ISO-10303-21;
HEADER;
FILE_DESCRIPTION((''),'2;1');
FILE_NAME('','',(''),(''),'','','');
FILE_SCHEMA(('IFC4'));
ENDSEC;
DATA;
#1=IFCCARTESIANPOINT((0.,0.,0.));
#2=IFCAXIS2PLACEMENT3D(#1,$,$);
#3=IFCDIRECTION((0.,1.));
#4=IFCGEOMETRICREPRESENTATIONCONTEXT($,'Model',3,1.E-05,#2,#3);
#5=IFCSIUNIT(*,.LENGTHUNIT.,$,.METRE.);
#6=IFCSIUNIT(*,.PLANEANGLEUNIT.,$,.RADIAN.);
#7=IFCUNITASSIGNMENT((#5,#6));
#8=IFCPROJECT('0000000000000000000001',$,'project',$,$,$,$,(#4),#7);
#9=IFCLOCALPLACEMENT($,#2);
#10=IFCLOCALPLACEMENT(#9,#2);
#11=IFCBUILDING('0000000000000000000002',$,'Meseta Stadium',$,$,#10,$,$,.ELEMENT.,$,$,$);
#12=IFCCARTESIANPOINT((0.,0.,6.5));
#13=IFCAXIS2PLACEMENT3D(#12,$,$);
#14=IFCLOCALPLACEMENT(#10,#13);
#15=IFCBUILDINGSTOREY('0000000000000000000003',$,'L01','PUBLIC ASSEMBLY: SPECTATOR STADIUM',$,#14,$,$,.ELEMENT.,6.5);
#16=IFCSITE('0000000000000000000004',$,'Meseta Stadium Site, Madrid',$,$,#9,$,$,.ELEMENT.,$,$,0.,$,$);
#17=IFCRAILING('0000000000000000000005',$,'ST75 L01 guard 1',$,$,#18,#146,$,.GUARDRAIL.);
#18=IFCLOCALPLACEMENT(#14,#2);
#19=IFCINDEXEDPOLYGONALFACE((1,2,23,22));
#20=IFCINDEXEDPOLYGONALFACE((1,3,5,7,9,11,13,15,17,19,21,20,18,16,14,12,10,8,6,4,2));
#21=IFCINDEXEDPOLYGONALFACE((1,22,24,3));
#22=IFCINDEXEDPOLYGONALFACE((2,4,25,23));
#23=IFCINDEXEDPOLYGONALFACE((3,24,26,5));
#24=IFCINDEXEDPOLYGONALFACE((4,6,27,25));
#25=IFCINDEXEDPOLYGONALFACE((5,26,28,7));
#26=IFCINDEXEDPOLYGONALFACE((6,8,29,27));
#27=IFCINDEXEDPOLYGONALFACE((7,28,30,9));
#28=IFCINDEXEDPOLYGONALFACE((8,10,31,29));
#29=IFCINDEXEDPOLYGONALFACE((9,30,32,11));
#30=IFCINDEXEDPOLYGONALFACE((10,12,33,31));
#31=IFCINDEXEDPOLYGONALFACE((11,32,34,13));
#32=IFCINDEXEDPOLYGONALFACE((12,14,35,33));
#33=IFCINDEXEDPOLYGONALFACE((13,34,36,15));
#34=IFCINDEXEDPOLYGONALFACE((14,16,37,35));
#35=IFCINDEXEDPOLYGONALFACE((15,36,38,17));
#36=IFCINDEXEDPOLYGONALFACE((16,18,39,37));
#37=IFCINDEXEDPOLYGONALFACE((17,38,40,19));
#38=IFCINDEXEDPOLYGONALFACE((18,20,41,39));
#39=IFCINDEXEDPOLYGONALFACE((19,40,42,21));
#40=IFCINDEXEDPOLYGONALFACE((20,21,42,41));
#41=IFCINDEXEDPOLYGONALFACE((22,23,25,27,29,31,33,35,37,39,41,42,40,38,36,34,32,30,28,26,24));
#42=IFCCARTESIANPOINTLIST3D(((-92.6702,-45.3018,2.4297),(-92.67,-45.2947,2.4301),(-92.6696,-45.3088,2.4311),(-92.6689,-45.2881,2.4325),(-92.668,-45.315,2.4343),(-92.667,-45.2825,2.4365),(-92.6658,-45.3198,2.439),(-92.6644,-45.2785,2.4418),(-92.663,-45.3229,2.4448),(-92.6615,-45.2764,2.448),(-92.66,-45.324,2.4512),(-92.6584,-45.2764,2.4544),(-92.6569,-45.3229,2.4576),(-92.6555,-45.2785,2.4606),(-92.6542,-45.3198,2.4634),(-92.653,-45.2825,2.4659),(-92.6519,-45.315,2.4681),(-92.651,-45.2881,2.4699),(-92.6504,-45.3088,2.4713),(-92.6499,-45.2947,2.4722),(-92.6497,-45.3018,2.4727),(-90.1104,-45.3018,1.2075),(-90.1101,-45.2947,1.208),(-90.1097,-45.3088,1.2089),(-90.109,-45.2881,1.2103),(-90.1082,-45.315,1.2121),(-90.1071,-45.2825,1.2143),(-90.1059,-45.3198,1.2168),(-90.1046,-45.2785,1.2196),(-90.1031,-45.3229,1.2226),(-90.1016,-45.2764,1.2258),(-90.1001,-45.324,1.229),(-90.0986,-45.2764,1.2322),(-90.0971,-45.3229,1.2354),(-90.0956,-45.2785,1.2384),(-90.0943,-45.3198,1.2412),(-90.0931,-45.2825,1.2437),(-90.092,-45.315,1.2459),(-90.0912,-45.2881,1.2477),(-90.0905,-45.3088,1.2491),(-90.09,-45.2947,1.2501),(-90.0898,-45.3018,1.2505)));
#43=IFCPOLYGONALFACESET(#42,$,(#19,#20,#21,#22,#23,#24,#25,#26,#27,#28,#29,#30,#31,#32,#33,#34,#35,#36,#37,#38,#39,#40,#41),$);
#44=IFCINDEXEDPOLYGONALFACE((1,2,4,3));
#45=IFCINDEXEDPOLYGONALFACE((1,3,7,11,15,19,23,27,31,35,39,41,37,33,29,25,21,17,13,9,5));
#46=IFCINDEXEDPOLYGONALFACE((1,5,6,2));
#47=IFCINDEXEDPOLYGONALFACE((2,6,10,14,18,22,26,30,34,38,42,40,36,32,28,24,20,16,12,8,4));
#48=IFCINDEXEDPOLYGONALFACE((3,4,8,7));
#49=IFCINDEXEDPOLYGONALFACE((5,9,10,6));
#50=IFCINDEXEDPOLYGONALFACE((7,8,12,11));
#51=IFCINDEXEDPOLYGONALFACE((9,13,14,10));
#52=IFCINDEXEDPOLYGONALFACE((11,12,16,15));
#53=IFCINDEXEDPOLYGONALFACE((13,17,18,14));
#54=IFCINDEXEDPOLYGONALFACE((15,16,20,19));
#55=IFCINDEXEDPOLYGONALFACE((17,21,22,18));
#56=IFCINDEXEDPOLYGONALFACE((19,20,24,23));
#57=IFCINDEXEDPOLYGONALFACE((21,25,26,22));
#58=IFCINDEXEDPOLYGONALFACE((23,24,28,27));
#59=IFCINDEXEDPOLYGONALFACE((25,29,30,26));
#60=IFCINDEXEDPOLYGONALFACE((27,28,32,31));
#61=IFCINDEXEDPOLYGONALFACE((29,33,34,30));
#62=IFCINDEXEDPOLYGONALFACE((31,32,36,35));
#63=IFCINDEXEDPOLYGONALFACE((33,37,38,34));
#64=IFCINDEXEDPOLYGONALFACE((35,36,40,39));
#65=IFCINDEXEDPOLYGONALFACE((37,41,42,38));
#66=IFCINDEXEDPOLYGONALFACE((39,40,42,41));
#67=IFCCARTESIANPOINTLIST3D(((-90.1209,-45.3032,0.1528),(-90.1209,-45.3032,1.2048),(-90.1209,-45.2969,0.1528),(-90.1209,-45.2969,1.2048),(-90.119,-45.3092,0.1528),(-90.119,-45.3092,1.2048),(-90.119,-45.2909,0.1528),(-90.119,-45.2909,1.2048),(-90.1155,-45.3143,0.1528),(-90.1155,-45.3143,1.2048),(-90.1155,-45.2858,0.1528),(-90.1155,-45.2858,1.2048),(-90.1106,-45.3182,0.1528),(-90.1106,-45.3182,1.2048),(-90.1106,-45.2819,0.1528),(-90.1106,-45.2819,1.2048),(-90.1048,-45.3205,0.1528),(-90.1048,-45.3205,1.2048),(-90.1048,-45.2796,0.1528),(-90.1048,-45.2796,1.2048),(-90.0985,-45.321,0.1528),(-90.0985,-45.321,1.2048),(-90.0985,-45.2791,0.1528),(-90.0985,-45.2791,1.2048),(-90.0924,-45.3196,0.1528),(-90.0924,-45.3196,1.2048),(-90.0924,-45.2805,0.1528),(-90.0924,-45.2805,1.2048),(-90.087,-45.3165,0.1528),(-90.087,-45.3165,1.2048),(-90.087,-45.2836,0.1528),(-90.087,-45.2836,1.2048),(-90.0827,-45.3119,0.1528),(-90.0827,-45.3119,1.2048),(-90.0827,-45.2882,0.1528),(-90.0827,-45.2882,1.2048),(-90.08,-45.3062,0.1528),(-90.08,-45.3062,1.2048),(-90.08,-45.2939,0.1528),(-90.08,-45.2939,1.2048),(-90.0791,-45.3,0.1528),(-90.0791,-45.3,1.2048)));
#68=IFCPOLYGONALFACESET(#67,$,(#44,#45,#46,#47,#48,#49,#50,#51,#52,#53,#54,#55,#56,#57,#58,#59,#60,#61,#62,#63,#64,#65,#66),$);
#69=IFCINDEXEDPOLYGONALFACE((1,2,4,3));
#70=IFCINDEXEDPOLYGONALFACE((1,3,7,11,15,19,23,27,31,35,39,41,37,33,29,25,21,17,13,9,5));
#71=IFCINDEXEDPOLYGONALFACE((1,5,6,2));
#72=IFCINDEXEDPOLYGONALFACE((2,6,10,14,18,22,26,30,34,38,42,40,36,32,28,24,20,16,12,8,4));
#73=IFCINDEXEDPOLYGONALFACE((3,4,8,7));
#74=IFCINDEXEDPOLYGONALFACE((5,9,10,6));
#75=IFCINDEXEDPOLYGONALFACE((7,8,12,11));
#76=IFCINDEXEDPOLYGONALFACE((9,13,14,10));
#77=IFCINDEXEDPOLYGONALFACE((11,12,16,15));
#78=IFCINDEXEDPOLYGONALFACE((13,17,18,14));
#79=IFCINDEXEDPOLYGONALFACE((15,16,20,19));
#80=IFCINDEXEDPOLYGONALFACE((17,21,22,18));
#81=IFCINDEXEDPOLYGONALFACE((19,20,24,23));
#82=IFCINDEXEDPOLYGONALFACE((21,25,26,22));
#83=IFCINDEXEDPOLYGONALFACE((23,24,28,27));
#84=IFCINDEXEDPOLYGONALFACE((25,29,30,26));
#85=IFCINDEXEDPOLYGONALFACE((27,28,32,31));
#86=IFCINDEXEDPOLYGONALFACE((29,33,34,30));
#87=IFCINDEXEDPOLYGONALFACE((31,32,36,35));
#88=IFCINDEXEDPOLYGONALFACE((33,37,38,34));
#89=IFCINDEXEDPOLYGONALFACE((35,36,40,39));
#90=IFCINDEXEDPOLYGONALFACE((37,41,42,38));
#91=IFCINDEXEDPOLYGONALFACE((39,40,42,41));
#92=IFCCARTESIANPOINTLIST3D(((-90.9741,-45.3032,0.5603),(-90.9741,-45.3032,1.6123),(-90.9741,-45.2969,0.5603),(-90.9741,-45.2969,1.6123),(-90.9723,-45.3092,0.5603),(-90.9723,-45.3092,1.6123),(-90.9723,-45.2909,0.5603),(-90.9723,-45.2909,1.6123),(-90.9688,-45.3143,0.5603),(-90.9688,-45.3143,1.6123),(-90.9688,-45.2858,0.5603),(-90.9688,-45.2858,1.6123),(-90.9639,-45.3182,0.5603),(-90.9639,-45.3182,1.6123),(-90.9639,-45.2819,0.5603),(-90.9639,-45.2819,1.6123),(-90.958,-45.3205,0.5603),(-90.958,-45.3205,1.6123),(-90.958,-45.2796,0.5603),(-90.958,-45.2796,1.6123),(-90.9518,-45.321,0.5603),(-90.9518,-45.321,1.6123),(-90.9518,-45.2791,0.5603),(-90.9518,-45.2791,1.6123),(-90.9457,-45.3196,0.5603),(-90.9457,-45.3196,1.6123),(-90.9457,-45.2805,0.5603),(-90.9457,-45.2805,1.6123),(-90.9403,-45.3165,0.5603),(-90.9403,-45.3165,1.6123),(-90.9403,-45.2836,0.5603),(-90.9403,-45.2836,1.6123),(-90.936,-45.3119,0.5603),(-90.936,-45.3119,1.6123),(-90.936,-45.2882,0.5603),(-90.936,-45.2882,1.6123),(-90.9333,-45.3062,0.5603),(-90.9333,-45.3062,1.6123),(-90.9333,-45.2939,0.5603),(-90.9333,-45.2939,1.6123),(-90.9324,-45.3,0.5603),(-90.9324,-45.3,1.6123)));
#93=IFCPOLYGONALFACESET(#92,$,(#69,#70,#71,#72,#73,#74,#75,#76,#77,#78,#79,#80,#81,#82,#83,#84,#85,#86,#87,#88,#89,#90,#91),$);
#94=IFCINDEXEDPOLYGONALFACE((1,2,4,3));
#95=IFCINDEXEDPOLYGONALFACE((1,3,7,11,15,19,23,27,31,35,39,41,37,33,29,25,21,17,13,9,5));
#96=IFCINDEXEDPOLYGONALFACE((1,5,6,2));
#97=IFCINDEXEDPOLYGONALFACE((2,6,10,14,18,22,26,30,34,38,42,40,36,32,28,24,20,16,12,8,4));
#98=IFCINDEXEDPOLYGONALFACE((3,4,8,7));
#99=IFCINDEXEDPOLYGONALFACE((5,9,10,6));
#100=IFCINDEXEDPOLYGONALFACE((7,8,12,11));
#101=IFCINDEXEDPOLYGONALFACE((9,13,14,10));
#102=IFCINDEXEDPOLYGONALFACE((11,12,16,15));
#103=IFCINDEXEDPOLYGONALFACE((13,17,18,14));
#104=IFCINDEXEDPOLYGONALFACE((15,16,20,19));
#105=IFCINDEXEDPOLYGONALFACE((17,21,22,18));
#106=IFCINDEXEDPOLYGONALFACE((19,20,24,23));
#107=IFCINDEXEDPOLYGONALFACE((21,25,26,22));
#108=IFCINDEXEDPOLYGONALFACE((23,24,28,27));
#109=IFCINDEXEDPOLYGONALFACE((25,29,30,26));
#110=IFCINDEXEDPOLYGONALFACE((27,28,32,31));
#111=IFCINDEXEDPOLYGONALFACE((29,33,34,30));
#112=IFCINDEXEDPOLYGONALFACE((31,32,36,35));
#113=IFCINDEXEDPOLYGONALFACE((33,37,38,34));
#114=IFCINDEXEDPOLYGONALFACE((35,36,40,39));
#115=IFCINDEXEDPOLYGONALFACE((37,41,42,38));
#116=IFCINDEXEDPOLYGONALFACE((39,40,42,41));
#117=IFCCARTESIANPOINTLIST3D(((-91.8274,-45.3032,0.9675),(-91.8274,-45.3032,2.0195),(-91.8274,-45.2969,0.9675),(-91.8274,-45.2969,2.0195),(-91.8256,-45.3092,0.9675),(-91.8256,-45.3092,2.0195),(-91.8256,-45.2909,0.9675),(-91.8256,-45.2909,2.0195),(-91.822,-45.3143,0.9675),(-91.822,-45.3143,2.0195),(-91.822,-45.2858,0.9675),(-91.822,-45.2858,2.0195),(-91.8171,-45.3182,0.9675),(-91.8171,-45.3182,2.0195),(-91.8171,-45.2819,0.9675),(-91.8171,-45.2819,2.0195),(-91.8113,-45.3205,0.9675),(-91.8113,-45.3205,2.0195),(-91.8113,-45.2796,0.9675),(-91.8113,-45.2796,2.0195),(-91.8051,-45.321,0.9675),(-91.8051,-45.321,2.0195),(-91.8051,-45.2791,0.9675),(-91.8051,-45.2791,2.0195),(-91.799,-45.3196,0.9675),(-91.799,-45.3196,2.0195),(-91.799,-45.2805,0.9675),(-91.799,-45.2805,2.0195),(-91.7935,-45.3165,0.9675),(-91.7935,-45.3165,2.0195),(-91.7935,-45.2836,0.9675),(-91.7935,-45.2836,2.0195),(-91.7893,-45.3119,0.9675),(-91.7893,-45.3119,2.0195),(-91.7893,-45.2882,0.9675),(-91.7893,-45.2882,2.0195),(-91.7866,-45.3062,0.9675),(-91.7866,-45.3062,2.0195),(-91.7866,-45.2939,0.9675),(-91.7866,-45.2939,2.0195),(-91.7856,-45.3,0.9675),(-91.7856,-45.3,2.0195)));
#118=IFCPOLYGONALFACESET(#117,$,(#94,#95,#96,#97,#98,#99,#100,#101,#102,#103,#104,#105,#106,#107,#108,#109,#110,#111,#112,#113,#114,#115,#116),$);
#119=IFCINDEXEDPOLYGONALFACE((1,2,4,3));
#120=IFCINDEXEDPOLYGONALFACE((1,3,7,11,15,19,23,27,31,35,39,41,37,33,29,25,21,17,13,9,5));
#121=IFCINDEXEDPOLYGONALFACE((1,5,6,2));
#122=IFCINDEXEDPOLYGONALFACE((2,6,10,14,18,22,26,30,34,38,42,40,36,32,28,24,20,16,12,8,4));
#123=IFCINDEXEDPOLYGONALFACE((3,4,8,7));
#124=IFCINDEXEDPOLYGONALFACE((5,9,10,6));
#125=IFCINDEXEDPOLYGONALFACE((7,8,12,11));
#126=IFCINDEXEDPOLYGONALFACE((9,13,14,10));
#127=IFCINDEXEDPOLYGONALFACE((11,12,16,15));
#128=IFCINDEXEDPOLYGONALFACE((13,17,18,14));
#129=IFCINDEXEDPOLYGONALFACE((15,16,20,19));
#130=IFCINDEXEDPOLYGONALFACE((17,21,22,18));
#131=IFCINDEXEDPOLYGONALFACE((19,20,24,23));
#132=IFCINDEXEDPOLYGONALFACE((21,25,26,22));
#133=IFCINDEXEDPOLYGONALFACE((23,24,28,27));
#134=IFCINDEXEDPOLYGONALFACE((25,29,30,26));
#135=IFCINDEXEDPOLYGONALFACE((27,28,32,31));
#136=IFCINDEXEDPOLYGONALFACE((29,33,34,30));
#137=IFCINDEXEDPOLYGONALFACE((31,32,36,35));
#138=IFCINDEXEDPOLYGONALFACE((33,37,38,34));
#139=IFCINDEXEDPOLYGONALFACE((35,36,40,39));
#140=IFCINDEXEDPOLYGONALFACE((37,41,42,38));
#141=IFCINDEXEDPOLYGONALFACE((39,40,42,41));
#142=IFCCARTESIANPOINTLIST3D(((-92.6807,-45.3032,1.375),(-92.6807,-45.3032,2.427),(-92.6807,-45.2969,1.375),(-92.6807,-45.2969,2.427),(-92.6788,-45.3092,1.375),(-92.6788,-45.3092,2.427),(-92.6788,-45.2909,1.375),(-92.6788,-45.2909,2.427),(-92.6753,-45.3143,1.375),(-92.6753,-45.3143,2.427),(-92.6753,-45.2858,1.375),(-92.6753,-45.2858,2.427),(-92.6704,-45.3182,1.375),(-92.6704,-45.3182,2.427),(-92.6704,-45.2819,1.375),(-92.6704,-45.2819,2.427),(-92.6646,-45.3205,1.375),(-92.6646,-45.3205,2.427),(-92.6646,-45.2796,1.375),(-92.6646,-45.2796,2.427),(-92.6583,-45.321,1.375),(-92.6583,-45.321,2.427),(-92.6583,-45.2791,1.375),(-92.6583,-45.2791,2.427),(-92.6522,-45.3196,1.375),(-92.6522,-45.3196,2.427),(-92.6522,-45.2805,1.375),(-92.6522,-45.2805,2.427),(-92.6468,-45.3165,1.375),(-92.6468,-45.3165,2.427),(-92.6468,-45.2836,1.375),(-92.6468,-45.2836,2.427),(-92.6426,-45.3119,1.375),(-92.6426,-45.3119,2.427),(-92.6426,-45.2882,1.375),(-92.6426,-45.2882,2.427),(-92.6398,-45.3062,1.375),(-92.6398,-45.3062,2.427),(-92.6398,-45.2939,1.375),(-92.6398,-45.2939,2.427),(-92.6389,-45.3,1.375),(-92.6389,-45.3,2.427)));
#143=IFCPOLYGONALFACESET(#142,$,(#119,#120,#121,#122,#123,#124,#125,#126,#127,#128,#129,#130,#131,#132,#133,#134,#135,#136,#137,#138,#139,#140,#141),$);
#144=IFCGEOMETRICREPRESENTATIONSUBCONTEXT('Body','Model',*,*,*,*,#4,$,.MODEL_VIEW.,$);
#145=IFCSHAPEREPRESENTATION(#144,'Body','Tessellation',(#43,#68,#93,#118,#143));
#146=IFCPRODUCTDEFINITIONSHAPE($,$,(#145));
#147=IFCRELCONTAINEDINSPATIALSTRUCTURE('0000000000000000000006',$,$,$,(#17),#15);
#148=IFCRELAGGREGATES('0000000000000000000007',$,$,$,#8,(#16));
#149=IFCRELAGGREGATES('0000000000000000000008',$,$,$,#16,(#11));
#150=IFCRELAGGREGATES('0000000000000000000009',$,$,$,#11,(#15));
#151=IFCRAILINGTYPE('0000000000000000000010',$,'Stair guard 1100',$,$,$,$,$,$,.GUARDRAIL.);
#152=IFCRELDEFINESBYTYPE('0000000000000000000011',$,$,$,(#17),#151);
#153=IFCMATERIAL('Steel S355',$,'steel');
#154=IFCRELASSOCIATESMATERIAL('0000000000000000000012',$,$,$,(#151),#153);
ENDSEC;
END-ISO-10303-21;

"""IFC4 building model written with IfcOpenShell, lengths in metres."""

from ifc_helpers import new_model, si_unit, direction, frame, origin, origin_2d, place, context, subcontext, project, spatial, circle, extrude, material, type_object, element, save


model = new_model("IFC4")

# Units and contexts
model_context = context("Model", 3, precision=1e-05, world=origin(), true_north=direction((0.0, 1.0)))
body_context = subcontext(model_context, "Body", "Model", "MODEL_VIEW")
ifc_project = project(units=[si_unit("LENGTHUNIT", "METRE"), si_unit("PLANEANGLEUNIT", "RADIAN")], contexts=[model_context])

# Site, building, storey
site_placement = place(None, origin())
site = spatial("IfcSite", under=ifc_project, at=site_placement, Name="Meseta Stadium Site, Madrid", CompositionType="ELEMENT", RefElevation=0.0)
building_placement = place(site_placement, origin())
building = spatial("IfcBuilding", under=site, at=building_placement, Name="Meseta Stadium", CompositionType="ELEMENT")
storey_placement = place(building_placement, frame((0.0, 0.0, 6.5)))
storey = spatial("IfcBuildingStorey", under=building, at=storey_placement, Name="L01", Description="PUBLIC ASSEMBLY: SPECTATOR STADIUM", CompositionType="ELEMENT", Elevation=6.5)

# Railing
ifc_material_1 = material(Name="Steel S355", Category="steel")
railing_type_1 = type_object("IfcRailingType", Name="Stair guard 1100", PredefinedType="GUARDRAIL", material=ifc_material_1)
railing_1_placement = place(storey_placement, frame((-90.1001, -45.3, 0.1528)))
element("IfcRailing", 1, at=railing_1_placement, inside=storey, type_object=railing_type_1, Name="ST75 L01 guard 1", PredefinedType="GUARDRAIL", context=body_context, shape_type="SweptSolid", body=[
    extrude(circle(Radius=0.0239, at=origin_2d()), frame((0.0, 0.0, 1.0762), z_axis=(-0.902421, 0.0, 0.430855), x_axis=(0.0, -1.0, 0.0)), (0.0, 0.0, 1.0), 2.8367),
    extrude(circle(Radius=0.021, at=origin_2d()), origin(), (0.0, 0.0, 1.0), 1.052),
    extrude(circle(Radius=0.021, at=origin_2d()), frame((-0.8533, 0.0, 0.4075)), (0.0, 0.0, 1.0), 1.052),
    extrude(circle(Radius=0.021, at=origin_2d()), frame((-1.7065, 0.0, 0.8147)), (0.0, 0.0, 1.0), 1.052),
    extrude(circle(Radius=0.021, at=origin_2d()), frame((-2.5598, 0.0, 1.2222)), (0.0, 0.0, 1.0), 1.052),
])

save(model, "model.ifc")
